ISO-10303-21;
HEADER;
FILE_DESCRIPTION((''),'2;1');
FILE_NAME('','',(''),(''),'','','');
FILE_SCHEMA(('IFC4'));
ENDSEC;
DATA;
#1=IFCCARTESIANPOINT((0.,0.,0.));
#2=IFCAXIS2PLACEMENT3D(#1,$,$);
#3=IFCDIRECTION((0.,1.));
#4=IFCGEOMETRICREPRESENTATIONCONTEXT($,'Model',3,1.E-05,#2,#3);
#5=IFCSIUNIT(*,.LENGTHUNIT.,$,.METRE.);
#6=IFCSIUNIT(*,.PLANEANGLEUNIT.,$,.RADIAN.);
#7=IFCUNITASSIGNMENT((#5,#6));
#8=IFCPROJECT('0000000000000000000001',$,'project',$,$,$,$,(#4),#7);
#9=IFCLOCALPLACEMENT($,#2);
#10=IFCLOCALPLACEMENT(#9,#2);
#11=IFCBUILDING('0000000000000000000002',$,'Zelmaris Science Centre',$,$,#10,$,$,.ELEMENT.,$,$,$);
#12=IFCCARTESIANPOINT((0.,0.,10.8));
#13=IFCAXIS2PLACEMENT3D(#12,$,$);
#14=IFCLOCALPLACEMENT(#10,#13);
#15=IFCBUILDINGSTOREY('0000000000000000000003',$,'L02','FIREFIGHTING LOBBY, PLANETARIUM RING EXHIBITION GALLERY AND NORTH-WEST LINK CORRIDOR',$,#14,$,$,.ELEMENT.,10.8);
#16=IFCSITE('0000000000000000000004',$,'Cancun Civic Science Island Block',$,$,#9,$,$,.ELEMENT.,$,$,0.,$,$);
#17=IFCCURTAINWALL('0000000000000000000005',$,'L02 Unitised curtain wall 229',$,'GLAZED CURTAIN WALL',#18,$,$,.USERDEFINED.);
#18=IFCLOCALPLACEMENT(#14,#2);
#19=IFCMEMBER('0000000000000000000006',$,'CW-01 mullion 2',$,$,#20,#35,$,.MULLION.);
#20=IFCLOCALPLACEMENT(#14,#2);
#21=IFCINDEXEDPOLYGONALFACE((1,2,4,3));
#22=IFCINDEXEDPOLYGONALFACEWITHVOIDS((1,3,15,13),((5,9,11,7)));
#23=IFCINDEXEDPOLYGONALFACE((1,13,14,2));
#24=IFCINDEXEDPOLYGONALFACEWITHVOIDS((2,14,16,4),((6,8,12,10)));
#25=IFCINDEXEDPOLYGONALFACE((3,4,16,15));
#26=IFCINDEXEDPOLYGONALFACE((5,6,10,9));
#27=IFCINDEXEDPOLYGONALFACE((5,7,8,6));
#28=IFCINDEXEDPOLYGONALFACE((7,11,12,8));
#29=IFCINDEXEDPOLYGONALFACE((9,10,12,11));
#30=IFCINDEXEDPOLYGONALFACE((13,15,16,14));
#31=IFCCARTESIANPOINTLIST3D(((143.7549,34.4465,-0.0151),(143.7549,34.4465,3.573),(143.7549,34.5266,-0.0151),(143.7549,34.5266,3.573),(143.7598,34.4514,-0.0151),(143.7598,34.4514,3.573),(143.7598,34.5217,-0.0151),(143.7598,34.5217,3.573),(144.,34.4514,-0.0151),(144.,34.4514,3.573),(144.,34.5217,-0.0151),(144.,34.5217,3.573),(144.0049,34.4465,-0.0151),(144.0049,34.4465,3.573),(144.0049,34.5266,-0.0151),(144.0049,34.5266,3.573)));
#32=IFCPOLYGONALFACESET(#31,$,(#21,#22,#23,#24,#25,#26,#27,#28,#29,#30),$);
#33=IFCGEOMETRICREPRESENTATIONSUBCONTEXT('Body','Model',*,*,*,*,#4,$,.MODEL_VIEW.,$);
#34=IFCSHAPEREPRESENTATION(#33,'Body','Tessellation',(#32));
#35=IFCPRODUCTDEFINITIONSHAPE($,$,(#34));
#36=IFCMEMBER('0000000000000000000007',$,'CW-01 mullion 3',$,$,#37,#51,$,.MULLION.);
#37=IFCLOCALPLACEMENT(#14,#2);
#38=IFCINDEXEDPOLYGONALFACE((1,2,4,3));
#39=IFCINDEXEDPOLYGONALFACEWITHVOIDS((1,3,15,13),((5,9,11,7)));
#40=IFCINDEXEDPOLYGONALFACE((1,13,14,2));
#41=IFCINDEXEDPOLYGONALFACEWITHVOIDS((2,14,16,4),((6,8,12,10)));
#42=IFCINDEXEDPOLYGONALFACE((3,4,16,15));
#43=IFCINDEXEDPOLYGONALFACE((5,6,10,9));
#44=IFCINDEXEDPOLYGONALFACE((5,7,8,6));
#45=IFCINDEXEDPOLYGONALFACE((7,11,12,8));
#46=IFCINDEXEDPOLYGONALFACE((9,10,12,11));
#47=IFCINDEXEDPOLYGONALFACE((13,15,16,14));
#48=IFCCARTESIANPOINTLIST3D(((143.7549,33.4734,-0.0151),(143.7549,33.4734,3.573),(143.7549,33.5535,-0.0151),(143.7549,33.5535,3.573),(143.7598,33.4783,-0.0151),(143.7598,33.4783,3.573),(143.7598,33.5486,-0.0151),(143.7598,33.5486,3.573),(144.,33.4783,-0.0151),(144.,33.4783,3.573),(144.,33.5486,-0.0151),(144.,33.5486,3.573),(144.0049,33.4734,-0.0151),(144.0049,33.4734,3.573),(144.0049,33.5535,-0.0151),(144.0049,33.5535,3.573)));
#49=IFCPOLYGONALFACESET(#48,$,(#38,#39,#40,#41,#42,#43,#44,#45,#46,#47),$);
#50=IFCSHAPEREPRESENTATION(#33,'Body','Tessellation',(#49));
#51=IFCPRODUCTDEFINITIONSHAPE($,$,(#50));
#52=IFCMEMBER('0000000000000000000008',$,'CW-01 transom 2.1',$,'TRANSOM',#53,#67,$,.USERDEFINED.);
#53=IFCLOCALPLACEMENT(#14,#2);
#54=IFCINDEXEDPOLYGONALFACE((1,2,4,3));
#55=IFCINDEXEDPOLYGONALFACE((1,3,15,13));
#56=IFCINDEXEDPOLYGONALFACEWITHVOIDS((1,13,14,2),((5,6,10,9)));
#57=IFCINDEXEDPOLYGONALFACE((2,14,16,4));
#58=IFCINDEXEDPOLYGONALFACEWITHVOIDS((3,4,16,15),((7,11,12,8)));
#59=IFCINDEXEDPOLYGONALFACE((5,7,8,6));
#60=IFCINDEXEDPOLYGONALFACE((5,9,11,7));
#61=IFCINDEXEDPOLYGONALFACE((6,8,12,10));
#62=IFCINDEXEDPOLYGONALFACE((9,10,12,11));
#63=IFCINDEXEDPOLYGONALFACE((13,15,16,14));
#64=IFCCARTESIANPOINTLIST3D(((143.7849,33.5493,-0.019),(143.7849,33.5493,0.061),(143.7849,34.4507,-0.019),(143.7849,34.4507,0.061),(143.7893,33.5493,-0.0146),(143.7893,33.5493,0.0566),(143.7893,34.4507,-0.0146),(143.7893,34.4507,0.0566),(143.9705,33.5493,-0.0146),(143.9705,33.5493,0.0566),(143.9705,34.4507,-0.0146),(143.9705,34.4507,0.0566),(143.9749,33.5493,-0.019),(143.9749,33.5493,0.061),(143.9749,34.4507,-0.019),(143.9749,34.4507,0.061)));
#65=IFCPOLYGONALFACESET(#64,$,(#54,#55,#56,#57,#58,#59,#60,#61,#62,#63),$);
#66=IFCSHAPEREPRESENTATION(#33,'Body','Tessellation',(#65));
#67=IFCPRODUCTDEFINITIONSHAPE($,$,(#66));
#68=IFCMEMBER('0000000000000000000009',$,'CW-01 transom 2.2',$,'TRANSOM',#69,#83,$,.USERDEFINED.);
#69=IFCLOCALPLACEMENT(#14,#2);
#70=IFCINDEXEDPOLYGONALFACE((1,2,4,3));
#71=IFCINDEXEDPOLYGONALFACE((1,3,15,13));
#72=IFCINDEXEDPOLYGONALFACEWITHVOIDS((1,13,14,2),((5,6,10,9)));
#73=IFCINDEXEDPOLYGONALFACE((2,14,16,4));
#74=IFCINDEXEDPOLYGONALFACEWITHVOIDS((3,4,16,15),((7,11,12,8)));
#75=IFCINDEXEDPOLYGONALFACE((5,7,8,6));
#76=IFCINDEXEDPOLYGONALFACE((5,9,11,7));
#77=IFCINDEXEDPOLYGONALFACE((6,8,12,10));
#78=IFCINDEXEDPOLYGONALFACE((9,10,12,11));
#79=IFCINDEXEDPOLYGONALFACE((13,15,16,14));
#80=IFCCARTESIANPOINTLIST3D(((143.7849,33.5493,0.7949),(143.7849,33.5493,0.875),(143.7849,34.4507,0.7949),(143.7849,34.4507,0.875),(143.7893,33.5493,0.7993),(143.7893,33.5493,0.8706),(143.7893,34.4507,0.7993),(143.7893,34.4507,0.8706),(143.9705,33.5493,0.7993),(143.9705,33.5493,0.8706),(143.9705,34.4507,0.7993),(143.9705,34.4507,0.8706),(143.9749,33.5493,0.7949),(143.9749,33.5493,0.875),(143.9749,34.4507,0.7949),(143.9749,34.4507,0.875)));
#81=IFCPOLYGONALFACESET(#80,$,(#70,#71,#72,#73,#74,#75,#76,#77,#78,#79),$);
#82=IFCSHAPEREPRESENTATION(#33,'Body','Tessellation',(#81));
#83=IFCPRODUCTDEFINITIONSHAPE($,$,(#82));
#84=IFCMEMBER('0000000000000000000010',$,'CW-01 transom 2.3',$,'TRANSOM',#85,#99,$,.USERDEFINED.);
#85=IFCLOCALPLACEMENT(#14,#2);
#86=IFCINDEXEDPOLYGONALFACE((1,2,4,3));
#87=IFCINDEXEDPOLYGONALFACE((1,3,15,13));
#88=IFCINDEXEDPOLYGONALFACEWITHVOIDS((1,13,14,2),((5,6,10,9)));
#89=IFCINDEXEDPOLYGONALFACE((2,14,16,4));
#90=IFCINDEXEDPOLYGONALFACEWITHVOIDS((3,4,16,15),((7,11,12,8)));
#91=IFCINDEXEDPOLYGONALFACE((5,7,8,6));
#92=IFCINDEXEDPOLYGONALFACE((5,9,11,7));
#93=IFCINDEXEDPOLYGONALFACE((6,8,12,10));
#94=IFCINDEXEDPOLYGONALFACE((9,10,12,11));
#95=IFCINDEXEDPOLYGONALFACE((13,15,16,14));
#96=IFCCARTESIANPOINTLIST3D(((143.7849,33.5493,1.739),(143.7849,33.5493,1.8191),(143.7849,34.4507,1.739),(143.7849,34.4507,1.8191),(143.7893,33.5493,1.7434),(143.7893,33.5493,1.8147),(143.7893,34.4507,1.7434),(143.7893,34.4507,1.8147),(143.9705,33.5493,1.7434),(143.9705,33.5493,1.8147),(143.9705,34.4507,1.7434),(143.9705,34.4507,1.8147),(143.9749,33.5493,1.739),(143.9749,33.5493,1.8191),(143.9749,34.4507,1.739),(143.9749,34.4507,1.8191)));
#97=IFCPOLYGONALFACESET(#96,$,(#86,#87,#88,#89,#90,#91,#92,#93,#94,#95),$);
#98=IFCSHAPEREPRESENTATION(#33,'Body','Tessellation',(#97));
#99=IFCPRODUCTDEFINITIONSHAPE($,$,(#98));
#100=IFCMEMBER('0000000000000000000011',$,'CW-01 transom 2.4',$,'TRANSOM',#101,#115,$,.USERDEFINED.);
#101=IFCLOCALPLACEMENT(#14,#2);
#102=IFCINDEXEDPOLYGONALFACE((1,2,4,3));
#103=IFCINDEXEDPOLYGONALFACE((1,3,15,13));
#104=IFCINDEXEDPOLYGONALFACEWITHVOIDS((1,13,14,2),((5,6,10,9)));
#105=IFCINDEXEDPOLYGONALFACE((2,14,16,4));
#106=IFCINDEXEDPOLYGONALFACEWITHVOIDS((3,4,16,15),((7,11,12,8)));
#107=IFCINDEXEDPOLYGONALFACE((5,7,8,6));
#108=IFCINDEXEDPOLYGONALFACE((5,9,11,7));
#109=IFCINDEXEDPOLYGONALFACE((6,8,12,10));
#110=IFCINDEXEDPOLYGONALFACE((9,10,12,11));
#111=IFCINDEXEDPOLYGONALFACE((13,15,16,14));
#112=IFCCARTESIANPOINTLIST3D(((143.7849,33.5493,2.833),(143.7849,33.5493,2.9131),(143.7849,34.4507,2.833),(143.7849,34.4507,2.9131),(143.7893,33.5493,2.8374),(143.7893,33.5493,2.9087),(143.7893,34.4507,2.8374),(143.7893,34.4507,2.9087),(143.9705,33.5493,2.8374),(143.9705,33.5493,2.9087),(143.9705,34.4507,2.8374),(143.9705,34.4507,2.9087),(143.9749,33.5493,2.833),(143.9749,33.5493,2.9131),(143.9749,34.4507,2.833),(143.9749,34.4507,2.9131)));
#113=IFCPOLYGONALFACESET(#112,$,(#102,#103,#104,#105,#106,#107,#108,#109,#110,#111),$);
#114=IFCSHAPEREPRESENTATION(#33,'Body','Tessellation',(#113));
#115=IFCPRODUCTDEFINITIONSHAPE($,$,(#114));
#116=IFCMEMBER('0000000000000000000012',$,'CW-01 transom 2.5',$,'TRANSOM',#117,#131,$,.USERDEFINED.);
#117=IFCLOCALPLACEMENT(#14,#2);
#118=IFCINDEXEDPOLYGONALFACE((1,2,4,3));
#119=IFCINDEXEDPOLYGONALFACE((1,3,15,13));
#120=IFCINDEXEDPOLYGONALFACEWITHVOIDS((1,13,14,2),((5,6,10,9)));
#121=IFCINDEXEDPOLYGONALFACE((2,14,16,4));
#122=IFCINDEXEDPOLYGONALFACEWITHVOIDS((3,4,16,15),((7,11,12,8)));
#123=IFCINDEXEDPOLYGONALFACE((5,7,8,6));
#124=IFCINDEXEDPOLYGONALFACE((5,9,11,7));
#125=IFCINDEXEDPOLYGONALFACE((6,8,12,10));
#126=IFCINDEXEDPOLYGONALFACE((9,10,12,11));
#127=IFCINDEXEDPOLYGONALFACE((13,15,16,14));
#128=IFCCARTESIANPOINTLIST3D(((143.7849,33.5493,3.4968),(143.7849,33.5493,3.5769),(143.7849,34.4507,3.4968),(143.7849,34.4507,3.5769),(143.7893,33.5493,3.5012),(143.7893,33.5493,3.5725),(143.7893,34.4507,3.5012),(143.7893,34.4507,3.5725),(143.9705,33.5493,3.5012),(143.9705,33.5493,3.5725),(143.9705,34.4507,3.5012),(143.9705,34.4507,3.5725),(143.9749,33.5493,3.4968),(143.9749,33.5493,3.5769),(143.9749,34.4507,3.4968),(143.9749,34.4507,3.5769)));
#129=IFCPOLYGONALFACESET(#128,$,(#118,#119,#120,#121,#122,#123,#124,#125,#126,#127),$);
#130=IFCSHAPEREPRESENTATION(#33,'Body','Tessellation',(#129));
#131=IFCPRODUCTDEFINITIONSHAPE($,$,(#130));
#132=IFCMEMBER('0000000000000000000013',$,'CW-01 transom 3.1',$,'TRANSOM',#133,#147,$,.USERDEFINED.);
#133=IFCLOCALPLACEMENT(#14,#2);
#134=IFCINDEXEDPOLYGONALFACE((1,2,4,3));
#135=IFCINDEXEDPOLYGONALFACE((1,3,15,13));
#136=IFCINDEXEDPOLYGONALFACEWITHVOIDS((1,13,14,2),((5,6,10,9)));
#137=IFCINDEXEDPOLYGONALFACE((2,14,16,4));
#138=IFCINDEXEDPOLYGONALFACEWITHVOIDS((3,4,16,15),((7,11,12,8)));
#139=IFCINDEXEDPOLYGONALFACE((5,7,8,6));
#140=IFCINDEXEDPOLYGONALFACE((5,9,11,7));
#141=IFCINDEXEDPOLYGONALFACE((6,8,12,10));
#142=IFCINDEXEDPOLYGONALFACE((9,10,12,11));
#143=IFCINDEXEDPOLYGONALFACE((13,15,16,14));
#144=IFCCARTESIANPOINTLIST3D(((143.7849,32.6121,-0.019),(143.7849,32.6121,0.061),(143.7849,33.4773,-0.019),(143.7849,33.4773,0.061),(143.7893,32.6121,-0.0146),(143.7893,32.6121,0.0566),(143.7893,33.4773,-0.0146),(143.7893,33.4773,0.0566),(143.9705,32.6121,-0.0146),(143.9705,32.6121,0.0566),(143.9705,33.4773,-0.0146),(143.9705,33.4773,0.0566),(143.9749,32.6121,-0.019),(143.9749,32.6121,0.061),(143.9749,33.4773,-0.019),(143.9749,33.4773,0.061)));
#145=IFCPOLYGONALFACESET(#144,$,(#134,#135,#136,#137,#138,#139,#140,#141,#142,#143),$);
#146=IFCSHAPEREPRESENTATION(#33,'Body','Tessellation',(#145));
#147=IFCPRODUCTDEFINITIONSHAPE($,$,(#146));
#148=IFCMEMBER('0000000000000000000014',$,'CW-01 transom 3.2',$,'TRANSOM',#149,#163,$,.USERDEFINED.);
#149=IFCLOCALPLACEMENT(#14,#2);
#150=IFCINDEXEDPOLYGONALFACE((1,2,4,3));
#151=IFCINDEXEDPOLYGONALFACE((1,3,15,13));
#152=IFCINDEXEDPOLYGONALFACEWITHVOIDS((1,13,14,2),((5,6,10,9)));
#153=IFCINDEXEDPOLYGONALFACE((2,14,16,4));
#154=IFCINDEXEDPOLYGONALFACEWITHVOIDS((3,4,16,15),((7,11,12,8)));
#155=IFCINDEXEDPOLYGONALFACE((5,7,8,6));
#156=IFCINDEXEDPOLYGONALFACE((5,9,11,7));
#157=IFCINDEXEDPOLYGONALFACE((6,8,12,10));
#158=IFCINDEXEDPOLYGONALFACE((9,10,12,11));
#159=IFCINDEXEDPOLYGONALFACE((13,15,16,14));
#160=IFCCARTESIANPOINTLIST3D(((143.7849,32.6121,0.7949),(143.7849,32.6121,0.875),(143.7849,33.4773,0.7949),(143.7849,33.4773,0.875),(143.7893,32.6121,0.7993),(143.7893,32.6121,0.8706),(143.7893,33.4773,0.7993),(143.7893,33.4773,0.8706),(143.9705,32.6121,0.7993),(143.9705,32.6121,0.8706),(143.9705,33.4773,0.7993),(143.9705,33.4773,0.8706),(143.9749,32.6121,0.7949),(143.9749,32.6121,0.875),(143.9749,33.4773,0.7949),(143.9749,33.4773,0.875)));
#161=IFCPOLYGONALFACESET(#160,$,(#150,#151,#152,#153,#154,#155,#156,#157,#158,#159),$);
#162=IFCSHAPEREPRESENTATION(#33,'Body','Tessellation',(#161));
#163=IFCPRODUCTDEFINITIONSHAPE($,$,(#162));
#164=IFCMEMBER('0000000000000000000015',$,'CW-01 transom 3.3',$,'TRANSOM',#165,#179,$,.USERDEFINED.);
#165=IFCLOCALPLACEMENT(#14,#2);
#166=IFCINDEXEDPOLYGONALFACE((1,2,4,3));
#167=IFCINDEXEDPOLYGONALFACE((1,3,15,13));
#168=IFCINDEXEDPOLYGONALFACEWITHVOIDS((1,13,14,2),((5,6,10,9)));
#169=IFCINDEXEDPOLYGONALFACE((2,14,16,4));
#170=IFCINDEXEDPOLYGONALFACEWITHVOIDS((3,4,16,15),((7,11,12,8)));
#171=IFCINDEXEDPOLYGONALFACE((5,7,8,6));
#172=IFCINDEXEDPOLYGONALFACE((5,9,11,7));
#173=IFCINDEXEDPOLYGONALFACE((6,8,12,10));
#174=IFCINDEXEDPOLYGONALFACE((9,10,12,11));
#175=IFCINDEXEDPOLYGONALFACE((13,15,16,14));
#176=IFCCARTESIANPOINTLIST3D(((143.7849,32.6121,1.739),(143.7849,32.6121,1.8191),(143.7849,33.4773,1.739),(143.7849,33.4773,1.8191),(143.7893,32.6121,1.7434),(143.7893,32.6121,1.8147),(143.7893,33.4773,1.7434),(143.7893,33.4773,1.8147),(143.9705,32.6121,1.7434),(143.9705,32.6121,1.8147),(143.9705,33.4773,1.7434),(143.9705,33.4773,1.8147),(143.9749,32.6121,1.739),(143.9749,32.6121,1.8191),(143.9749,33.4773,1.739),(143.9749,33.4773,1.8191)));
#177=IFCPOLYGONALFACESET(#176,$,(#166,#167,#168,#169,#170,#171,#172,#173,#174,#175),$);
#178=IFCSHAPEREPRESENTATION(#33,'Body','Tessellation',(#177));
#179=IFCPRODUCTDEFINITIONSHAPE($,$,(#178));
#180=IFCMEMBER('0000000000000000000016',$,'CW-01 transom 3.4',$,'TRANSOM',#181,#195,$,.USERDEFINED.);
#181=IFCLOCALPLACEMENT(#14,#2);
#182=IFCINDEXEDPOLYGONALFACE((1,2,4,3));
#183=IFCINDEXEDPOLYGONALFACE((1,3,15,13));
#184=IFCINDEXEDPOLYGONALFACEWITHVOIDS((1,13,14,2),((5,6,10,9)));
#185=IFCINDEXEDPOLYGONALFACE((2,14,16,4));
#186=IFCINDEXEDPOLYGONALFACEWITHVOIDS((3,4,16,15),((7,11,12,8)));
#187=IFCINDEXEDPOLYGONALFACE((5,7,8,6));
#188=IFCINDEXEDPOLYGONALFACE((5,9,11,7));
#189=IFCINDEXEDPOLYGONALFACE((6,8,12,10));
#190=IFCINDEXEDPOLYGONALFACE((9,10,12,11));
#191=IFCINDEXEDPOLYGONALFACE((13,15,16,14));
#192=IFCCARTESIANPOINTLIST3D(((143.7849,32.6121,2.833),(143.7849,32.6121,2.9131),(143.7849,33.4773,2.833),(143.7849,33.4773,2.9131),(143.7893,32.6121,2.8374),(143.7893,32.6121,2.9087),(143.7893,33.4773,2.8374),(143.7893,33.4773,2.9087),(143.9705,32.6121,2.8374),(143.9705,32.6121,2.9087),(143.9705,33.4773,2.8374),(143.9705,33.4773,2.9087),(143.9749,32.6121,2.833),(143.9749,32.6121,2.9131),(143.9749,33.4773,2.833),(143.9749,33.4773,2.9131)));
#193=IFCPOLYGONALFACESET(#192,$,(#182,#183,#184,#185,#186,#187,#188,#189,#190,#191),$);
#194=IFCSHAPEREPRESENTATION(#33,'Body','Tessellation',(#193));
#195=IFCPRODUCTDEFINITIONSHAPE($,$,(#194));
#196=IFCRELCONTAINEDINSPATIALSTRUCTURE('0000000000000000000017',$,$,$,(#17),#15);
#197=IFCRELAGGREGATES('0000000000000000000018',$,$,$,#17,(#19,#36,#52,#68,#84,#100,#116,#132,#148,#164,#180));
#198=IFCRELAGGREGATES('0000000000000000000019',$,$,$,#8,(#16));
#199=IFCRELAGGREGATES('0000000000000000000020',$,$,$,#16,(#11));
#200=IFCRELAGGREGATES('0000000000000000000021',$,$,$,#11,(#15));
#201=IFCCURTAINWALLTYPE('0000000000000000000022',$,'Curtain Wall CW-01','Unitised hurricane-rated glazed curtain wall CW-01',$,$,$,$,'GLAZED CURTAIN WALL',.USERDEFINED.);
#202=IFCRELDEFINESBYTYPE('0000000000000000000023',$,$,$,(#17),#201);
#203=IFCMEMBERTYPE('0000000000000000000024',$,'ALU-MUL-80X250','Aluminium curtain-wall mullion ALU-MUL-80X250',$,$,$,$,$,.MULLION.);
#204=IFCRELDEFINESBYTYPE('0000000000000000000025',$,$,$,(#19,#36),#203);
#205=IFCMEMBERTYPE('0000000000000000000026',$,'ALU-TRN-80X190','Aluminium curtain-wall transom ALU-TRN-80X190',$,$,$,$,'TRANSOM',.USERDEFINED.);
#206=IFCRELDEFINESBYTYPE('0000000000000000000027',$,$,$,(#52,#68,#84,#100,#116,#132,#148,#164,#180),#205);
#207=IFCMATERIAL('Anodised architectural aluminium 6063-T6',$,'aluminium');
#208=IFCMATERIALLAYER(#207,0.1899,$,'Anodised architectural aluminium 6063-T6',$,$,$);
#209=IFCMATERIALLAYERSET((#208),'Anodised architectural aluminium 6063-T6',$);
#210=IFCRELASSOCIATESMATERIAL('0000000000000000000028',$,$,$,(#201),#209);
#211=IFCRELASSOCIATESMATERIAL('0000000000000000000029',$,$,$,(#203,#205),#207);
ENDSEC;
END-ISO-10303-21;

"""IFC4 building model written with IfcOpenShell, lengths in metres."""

from ifc_helpers import new_model, si_unit, direction, frame, origin, origin_2d, place, context, subcontext, project, spatial, hollow_rectangle, extrude, material, layer, layer_set, material_profile, profile_set, type_object, element, aggregate, save


model = new_model("IFC4")

# Units and contexts
model_context = context("Model", 3, precision=1e-05, world=origin(), true_north=direction((0.0, 1.0)))
body_context = subcontext(model_context, "Body", "Model", "MODEL_VIEW")
ifc_project = project(units=[si_unit("LENGTHUNIT", "METRE"), si_unit("PLANEANGLEUNIT", "RADIAN")], contexts=[model_context])

# Site, building, storey
site_placement = place(None, origin())
site = spatial("IfcSite", under=ifc_project, at=site_placement, Name="Cancun Civic Science Island Block", CompositionType="ELEMENT", RefElevation=0.0)
building_placement = place(site_placement, origin())
building = spatial("IfcBuilding", under=site, at=building_placement, Name="Zelmaris Science Centre", CompositionType="ELEMENT")
storey_placement = place(building_placement, frame((0.0, 0.0, 10.8)))
storey = spatial("IfcBuildingStorey", under=building, at=storey_placement, Name="L02", Description="FIREFIGHTING LOBBY, PLANETARIUM RING EXHIBITION GALLERY AND NORTH-WEST LINK CORRIDOR", CompositionType="ELEMENT", Elevation=10.8)

# Curtain wall, members
ifc_material_1 = material(Name="Anodised architectural aluminium 6063-T6", Category="aluminium")
ifc_layer_1 = layer(ifc_material_1, 0.1899, Name="Anodised architectural aluminium 6063-T6")
ifc_layer_set_1 = layer_set([ifc_layer_1], Name="Anodised architectural aluminium 6063-T6")
curtain_wall_type = type_object("IfcCurtainWallType", Name="Curtain Wall CW-01", Description="Unitised hurricane-rated glazed curtain wall CW-01", ElementType="GLAZED CURTAIN WALL", PredefinedType="USERDEFINED", material=ifc_layer_set_1)
curtain_wall_placement = place(storey_placement, origin())
curtain_wall = element("IfcCurtainWall", 1, at=curtain_wall_placement, inside=storey, type_object=curtain_wall_type, Name="L02 Unitised curtain wall 229", ObjectType="GLAZED CURTAIN WALL", PredefinedType="USERDEFINED")
ifc_material_profile_1 = material_profile(ifc_material_1, hollow_rectangle(XDim=0.0801, YDim=0.25, WallThickness=0.0049, at=origin_2d()), Name="ALU-MUL-80X250")
ifc_profile_set_1 = profile_set([ifc_material_profile_1], Name="Anodised architectural aluminium 6063-T6")
member_type_1 = type_object("IfcMemberType", Name="ALU-MUL-80X250", Description="Aluminium curtain-wall mullion ALU-MUL-80X250", PredefinedType="MULLION", material=ifc_profile_set_1)
member_1_placement = place(storey_placement, frame((143.8799, 34.4866, -0.0151), z_axis=(0.0, 0.0, 1.0), x_axis=(0.0, -1.0, 0.0)))
member_1 = element("IfcMember", 2, at=member_1_placement, type_object=member_type_1, Name="CW-01 mullion 2", PredefinedType="MULLION", context=body_context, shape_type="SweptSolid", body=[
    extrude(hollow_rectangle(XDim=0.0801, YDim=0.25, WallThickness=0.0049, at=origin_2d()), origin(), (0.0, 0.0, 1.0), 3.5881),
])
member_2_placement = place(storey_placement, frame((143.8799, 33.5134, -0.0151), z_axis=(0.0, 0.0, 1.0), x_axis=(0.0, -1.0, 0.0)))
member_2 = element("IfcMember", 3, at=member_2_placement, type_object=member_type_1, Name="CW-01 mullion 3", PredefinedType="MULLION", context=body_context, shape_type="SweptSolid", body=[
    extrude(hollow_rectangle(XDim=0.0801, YDim=0.25, WallThickness=0.0049, at=origin_2d()), origin(), (0.0, 0.0, 1.0), 3.5881),
])
ifc_material_profile_2 = material_profile(ifc_material_1, hollow_rectangle(XDim=0.0801, YDim=0.1899, WallThickness=0.0044, at=origin_2d()), Name="ALU-TRN-80X190")
ifc_profile_set_2 = profile_set([ifc_material_profile_2], Name="Anodised architectural aluminium 6063-T6")
member_type_2 = type_object("IfcMemberType", Name="ALU-TRN-80X190", Description="Aluminium curtain-wall transom ALU-TRN-80X190", ElementType="TRANSOM", PredefinedType="USERDEFINED", material=ifc_profile_set_2)
member_3_placement = place(storey_placement, frame((143.8799, 34.4507, 0.021), z_axis=(0.0, -1.0, 0.0), x_axis=(0.0, 0.0, 1.0)))
member_3 = element("IfcMember", 4, at=member_3_placement, type_object=member_type_2, Name="CW-01 transom 2.1", ObjectType="TRANSOM", PredefinedType="USERDEFINED", context=body_context, shape_type="SweptSolid", body=[
    extrude(hollow_rectangle(XDim=0.0801, YDim=0.1899, WallThickness=0.0044, at=origin_2d()), origin(), (0.0, 0.0, 1.0), 0.9014),
])
member_4_placement = place(storey_placement, frame((143.8799, 34.4507, 0.835), z_axis=(0.0, -1.0, 0.0), x_axis=(0.0, 0.0, 1.0)))
member_4 = element("IfcMember", 5, at=member_4_placement, type_object=member_type_2, Name="CW-01 transom 2.2", ObjectType="TRANSOM", PredefinedType="USERDEFINED", context=body_context, shape_type="SweptSolid", body=[
    extrude(hollow_rectangle(XDim=0.0801, YDim=0.1899, WallThickness=0.0044, at=origin_2d()), origin(), (0.0, 0.0, 1.0), 0.9014),
])
member_5_placement = place(storey_placement, frame((143.8799, 34.4507, 1.7791), z_axis=(0.0, -1.0, 0.0), x_axis=(0.0, 0.0, 1.0)))
member_5 = element("IfcMember", 6, at=member_5_placement, type_object=member_type_2, Name="CW-01 transom 2.3", ObjectType="TRANSOM", PredefinedType="USERDEFINED", context=body_context, shape_type="SweptSolid", body=[
    extrude(hollow_rectangle(XDim=0.0801, YDim=0.1899, WallThickness=0.0044, at=origin_2d()), origin(), (0.0, 0.0, 1.0), 0.9014),
])
member_6_placement = place(storey_placement, frame((143.8799, 34.4507, 2.873), z_axis=(0.0, -1.0, 0.0), x_axis=(0.0, 0.0, 1.0)))
member_6 = element("IfcMember", 7, at=member_6_placement, type_object=member_type_2, Name="CW-01 transom 2.4", ObjectType="TRANSOM", PredefinedType="USERDEFINED", context=body_context, shape_type="SweptSolid", body=[
    extrude(hollow_rectangle(XDim=0.0801, YDim=0.1899, WallThickness=0.0044, at=origin_2d()), origin(), (0.0, 0.0, 1.0), 0.9014),
])
member_7_placement = place(storey_placement, frame((143.8799, 34.4507, 3.5369), z_axis=(0.0, -1.0, 0.0), x_axis=(0.0, 0.0, 1.0)))
member_7 = element("IfcMember", 8, at=member_7_placement, type_object=member_type_2, Name="CW-01 transom 2.5", ObjectType="TRANSOM", PredefinedType="USERDEFINED", context=body_context, shape_type="SweptSolid", body=[
    extrude(hollow_rectangle(XDim=0.0801, YDim=0.1899, WallThickness=0.0044, at=origin_2d()), origin(), (0.0, 0.0, 1.0), 0.9014),
])
member_8_placement = place(storey_placement, frame((143.8799, 33.4773, 0.021), z_axis=(0.0, -1.0, 0.0), x_axis=(0.0, 0.0, 1.0)))
member_8 = element("IfcMember", 9, at=member_8_placement, type_object=member_type_2, Name="CW-01 transom 3.1", ObjectType="TRANSOM", PredefinedType="USERDEFINED", context=body_context, shape_type="SweptSolid", body=[
    extrude(hollow_rectangle(XDim=0.0801, YDim=0.1899, WallThickness=0.0044, at=origin_2d()), origin(), (0.0, 0.0, 1.0), 0.8652),
])
member_9_placement = place(storey_placement, frame((143.8799, 33.4773, 0.835), z_axis=(0.0, -1.0, 0.0), x_axis=(0.0, 0.0, 1.0)))
member_9 = element("IfcMember", 10, at=member_9_placement, type_object=member_type_2, Name="CW-01 transom 3.2", ObjectType="TRANSOM", PredefinedType="USERDEFINED", context=body_context, shape_type="SweptSolid", body=[
    extrude(hollow_rectangle(XDim=0.0801, YDim=0.1899, WallThickness=0.0044, at=origin_2d()), origin(), (0.0, 0.0, 1.0), 0.8652),
])
member_10_placement = place(storey_placement, frame((143.8799, 33.4773, 1.7791), z_axis=(0.0, -1.0, 0.0), x_axis=(0.0, 0.0, 1.0)))
member_10 = element("IfcMember", 11, at=member_10_placement, type_object=member_type_2, Name="CW-01 transom 3.3", ObjectType="TRANSOM", PredefinedType="USERDEFINED", context=body_context, shape_type="SweptSolid", body=[
    extrude(hollow_rectangle(XDim=0.0801, YDim=0.1899, WallThickness=0.0044, at=origin_2d()), origin(), (0.0, 0.0, 1.0), 0.8652),
])
member_11_placement = place(storey_placement, frame((143.8799, 33.4773, 2.873), z_axis=(0.0, -1.0, 0.0), x_axis=(0.0, 0.0, 1.0)))
member_11 = element("IfcMember", 12, at=member_11_placement, type_object=member_type_2, Name="CW-01 transom 3.4", ObjectType="TRANSOM", PredefinedType="USERDEFINED", context=body_context, shape_type="SweptSolid", body=[
    extrude(hollow_rectangle(XDim=0.0801, YDim=0.1899, WallThickness=0.0044, at=origin_2d()), origin(), (0.0, 0.0, 1.0), 0.8652),
])
aggregate(curtain_wall, [member_1, member_2, member_3, member_4, member_5, member_6, member_7, member_8, member_9, member_10, member_11])

save(model, "model.ifc")
